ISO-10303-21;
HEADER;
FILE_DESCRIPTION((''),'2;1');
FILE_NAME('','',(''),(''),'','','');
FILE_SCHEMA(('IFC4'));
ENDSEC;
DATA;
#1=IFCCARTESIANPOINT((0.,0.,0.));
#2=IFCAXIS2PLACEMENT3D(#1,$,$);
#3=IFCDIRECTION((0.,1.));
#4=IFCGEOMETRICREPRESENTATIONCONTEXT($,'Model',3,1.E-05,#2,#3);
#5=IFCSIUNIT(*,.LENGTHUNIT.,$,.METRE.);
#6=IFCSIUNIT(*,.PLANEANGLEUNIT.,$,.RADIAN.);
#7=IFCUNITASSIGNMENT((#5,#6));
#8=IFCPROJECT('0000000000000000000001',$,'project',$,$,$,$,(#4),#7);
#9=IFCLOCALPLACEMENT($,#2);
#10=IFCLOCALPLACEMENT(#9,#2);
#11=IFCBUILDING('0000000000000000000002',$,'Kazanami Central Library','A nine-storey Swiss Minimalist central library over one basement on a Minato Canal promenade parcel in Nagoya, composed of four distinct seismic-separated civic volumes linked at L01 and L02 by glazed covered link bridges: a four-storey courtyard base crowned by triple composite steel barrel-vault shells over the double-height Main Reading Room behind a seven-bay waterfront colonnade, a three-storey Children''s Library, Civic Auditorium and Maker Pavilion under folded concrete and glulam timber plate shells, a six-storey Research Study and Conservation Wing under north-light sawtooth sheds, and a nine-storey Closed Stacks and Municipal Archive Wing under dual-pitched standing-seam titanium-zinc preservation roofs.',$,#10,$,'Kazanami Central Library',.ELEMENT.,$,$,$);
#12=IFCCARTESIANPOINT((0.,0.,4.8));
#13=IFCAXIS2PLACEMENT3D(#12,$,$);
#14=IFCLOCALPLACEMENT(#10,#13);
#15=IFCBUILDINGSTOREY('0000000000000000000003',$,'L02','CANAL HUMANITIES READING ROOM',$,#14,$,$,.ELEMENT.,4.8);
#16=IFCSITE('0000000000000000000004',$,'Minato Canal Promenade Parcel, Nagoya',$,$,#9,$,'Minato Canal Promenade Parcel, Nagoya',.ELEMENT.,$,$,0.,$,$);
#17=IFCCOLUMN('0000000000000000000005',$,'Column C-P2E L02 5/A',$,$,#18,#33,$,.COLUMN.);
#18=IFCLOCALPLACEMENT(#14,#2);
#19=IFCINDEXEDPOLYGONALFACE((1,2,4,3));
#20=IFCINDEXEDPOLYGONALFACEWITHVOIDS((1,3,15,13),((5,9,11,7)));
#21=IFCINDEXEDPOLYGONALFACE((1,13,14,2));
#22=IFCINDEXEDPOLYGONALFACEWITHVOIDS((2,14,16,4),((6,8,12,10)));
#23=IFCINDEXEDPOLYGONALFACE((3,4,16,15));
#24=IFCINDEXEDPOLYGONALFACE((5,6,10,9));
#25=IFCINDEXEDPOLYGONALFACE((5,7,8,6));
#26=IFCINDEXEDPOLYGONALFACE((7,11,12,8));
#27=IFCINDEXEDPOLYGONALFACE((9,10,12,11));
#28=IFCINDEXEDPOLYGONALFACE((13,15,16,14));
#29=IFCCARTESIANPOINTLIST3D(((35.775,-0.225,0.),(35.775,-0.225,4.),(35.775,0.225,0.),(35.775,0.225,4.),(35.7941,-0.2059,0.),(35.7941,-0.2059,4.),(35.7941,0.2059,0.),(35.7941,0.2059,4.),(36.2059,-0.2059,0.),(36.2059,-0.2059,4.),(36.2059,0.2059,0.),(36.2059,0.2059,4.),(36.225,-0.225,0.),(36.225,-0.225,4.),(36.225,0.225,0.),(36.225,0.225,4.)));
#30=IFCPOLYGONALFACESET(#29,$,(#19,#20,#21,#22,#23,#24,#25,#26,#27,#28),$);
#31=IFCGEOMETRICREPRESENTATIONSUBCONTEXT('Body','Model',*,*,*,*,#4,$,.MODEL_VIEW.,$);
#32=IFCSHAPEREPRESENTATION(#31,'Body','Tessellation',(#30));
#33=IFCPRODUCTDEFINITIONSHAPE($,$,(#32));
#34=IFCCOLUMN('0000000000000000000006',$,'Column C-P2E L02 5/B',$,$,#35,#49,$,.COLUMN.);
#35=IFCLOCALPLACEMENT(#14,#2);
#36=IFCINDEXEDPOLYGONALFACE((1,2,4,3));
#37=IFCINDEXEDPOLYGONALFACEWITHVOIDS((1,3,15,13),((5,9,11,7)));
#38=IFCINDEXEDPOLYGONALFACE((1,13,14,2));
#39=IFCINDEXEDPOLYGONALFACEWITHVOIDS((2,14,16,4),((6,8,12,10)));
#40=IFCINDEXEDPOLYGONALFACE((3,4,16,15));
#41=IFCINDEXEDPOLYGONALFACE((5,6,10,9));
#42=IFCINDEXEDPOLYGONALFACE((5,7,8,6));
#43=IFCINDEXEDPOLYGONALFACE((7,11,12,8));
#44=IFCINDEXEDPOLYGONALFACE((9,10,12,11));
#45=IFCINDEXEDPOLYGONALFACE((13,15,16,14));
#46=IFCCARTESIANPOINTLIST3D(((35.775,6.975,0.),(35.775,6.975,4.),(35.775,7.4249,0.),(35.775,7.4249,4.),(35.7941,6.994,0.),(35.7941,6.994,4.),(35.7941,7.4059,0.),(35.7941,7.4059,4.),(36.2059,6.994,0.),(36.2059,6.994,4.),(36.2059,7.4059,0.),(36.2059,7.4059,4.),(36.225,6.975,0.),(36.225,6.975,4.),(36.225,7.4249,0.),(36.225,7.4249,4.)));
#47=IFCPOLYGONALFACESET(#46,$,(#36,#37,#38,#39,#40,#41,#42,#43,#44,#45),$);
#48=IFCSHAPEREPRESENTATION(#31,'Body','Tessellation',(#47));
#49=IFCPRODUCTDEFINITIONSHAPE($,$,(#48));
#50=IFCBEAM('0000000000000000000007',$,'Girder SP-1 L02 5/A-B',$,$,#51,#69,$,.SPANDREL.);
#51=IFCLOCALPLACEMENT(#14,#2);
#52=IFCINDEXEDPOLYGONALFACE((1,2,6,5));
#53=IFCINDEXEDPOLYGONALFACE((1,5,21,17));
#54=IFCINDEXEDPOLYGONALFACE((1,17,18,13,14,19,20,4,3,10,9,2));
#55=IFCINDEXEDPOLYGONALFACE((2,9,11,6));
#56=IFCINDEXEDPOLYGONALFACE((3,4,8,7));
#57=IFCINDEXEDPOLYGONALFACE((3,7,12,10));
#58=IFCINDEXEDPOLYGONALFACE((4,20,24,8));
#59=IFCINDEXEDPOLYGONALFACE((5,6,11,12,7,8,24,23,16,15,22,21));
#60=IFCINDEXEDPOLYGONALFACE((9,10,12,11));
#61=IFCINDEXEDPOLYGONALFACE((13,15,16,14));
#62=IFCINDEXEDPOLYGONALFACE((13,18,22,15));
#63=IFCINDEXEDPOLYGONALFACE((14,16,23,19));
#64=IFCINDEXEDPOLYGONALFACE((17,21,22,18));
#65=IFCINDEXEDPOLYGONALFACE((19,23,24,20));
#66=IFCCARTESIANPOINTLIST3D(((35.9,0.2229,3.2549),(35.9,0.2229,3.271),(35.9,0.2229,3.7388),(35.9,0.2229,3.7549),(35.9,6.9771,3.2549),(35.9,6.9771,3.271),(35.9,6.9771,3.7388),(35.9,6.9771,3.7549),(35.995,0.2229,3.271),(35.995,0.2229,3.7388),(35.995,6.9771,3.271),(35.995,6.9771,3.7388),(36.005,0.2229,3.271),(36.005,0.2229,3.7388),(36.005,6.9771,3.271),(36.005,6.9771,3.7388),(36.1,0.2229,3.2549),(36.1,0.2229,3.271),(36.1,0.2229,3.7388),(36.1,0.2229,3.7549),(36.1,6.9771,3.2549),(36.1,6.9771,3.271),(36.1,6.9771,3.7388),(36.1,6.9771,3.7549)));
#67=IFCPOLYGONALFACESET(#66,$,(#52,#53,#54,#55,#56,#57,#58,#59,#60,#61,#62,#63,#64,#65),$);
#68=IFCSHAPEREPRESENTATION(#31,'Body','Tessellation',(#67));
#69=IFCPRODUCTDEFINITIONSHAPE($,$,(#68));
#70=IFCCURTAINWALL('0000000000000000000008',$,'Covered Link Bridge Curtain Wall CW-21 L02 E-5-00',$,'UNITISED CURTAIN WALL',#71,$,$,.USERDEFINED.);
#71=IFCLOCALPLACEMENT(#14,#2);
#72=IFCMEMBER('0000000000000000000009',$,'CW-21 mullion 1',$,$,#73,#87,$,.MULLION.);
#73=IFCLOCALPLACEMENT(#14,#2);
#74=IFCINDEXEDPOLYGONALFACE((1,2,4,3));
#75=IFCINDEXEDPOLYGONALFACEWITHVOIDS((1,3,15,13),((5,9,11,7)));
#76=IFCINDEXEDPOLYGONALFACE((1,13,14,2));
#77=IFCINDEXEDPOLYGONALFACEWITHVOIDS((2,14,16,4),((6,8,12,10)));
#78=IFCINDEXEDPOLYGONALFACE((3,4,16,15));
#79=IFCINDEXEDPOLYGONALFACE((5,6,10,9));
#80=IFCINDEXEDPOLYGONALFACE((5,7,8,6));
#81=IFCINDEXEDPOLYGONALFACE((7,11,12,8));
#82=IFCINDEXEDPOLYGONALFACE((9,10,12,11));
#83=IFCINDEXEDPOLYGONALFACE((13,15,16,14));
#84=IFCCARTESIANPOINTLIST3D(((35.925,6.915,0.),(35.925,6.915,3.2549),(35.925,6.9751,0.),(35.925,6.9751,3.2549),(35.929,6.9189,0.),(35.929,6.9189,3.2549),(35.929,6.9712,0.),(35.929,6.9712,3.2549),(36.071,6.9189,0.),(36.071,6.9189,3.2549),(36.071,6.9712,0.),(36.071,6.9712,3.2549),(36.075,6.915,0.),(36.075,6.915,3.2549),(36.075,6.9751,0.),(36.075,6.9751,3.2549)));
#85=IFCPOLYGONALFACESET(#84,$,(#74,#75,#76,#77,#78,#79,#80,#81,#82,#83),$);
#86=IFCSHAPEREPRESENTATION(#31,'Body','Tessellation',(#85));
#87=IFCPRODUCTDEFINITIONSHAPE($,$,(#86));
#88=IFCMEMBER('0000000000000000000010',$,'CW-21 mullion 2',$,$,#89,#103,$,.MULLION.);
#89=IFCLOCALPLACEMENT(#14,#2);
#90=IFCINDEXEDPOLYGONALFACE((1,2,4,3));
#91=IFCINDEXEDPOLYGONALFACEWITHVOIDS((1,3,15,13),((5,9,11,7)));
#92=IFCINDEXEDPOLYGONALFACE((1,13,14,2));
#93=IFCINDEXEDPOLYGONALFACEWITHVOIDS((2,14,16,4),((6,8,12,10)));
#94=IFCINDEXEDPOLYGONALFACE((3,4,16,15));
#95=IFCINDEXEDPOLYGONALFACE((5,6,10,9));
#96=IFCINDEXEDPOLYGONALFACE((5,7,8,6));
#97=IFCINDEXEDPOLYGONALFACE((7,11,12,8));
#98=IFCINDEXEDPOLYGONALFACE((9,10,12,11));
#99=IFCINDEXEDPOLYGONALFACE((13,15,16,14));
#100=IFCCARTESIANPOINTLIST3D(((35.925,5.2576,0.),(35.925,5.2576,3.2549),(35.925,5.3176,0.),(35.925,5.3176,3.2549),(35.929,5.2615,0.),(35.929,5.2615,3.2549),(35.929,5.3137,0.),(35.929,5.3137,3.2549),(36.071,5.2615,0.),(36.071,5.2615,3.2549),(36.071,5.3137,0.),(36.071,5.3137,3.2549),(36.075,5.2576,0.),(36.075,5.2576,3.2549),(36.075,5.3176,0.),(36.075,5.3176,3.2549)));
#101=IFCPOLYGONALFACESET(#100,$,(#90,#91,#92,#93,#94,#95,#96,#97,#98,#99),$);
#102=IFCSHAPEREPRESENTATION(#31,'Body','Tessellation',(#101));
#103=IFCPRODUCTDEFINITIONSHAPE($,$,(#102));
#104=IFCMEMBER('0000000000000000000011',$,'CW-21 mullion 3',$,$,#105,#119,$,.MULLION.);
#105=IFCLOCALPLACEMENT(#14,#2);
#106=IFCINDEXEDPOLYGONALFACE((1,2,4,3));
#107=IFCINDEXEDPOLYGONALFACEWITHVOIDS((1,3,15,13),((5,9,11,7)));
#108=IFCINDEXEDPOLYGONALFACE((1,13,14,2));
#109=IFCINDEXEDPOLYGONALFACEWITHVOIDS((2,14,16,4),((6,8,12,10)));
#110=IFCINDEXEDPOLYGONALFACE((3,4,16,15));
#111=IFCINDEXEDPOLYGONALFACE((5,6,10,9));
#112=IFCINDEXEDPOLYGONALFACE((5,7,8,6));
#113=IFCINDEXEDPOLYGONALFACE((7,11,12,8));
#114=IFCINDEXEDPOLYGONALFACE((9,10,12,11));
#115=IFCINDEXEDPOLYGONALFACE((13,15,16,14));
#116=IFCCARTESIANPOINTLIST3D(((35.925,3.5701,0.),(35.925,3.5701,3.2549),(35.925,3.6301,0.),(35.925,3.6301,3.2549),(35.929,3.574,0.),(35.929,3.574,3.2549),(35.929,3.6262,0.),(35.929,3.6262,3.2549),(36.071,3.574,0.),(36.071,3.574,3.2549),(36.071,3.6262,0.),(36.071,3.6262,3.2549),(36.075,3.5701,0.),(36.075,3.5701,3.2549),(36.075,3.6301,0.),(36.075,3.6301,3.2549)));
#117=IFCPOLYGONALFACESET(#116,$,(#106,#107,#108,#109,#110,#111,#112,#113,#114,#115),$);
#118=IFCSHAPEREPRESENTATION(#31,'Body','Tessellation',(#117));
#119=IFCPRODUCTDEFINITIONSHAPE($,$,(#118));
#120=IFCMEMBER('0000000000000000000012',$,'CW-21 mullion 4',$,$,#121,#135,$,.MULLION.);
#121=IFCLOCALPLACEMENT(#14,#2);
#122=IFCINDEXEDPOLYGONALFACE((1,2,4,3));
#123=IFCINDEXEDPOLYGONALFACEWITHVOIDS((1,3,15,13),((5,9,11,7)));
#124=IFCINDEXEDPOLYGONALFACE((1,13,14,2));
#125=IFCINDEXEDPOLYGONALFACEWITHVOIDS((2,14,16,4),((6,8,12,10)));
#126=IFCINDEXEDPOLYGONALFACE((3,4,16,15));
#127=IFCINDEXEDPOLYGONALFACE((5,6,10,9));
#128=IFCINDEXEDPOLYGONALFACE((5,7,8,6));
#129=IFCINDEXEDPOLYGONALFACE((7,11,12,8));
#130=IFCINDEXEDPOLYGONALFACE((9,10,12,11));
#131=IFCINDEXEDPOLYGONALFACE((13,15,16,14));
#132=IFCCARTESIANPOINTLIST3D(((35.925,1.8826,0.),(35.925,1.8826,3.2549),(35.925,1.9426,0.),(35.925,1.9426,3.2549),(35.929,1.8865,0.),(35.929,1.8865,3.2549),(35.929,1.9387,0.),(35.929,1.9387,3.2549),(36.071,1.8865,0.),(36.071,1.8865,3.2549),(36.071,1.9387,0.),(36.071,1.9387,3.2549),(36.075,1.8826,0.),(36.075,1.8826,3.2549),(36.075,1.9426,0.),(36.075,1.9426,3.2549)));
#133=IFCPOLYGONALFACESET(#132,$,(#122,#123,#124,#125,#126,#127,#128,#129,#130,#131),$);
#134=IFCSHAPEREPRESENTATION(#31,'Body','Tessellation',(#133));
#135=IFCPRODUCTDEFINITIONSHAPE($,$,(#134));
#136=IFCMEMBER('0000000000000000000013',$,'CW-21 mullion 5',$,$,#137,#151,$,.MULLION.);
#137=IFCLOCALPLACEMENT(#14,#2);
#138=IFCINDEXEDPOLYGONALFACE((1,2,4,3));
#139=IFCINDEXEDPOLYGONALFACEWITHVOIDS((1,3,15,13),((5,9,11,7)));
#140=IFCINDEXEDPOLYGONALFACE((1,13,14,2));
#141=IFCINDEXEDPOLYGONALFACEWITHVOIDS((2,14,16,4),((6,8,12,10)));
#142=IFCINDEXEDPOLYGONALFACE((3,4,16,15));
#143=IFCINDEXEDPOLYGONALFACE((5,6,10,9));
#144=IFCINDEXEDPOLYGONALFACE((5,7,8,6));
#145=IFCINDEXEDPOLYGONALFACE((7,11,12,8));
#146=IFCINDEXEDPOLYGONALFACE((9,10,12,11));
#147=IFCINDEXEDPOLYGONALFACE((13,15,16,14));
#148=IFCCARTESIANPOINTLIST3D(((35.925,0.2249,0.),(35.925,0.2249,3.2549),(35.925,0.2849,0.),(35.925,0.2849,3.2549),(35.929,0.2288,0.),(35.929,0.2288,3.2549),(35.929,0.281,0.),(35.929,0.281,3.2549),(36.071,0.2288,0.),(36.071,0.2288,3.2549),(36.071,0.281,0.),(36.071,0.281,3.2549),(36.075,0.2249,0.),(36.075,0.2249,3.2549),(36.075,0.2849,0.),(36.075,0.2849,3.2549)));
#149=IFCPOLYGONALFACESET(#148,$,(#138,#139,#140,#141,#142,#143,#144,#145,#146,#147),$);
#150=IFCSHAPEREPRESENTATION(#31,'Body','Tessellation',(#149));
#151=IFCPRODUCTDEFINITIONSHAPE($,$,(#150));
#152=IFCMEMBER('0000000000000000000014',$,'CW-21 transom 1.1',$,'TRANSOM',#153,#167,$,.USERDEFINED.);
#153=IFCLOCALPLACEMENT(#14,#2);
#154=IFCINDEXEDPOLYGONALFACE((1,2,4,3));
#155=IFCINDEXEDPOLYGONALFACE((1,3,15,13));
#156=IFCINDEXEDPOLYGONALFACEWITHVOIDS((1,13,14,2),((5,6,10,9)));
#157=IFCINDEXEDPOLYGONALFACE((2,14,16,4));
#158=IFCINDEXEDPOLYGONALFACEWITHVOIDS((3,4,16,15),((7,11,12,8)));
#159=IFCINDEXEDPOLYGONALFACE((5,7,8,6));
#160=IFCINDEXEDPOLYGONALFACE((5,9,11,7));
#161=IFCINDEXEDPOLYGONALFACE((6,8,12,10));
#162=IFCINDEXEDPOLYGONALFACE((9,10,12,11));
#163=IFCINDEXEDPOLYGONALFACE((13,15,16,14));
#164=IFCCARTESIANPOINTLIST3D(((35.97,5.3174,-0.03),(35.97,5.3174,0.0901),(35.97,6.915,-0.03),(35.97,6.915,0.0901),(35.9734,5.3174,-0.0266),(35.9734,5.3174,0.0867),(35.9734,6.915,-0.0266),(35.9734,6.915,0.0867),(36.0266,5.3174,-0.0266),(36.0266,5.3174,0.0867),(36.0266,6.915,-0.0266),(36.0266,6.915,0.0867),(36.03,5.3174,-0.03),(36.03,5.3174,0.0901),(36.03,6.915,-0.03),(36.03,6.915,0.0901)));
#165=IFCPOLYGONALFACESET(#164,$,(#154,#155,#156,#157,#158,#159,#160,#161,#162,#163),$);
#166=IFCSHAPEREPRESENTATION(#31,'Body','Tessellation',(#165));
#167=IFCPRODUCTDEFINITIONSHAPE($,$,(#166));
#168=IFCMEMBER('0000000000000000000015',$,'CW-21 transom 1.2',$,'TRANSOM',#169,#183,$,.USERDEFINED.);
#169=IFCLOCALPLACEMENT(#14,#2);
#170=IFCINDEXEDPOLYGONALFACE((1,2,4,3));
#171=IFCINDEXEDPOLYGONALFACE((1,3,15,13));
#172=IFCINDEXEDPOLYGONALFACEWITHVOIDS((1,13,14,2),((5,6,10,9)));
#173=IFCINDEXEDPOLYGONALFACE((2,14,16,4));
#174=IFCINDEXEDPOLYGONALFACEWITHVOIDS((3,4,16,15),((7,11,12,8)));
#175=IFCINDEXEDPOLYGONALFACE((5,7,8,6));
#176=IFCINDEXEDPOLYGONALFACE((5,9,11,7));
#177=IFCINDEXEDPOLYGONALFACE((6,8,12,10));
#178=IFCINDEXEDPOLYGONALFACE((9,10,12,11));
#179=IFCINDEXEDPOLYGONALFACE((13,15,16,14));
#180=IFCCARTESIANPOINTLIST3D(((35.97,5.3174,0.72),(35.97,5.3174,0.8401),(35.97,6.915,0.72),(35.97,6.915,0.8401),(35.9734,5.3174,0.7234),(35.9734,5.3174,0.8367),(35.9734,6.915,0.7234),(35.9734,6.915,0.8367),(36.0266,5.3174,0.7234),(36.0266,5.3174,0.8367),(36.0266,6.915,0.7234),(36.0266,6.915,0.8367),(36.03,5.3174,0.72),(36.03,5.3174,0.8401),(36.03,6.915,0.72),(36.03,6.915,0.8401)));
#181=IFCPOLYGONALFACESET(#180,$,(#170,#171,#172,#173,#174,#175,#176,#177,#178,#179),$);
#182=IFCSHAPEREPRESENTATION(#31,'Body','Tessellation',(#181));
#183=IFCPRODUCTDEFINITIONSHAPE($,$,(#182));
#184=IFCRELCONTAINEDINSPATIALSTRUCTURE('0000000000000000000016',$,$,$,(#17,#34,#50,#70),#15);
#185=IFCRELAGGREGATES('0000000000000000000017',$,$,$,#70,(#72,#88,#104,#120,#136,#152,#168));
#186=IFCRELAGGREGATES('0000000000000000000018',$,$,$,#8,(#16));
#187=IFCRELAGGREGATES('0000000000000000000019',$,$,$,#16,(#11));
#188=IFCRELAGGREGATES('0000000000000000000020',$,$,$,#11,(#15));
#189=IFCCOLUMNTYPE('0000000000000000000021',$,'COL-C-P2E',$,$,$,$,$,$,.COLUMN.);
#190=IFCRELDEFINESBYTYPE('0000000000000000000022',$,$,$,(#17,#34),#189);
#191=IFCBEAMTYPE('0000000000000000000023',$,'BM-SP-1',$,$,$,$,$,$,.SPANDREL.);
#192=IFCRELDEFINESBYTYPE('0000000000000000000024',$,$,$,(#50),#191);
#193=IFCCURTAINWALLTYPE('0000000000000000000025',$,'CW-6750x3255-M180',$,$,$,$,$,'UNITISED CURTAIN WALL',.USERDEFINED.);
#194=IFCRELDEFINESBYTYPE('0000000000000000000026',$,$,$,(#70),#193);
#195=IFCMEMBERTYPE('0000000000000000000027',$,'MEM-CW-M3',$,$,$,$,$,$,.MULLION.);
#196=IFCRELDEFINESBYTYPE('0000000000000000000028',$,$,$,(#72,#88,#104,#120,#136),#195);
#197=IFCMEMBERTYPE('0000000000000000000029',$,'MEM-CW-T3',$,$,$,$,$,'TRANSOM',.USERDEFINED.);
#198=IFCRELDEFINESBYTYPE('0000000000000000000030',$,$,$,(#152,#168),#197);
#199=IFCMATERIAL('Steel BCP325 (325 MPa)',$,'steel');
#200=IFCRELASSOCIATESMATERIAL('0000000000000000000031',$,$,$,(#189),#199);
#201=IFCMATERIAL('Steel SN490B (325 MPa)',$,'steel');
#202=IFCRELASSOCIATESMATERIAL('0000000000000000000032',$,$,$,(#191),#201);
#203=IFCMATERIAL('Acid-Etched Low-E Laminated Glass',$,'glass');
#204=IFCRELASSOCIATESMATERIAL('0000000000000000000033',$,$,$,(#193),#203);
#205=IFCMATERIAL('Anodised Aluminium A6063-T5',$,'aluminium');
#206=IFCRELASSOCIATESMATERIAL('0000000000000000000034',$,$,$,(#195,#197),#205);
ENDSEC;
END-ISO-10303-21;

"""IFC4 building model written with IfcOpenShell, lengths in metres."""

from ifc_helpers import new_model, si_unit, direction, frame, origin, origin_2d, place, context, subcontext, project, spatial, hollow_rectangle, i_section, extrude, material, material_profile, profile_set, type_object, element, aggregate, save


model = new_model("IFC4")

# Units and contexts
model_context = context("Model", 3, precision=1e-05, world=origin(), true_north=direction((0.0, 1.0)))
body_context = subcontext(model_context, "Body", "Model", "MODEL_VIEW")
ifc_project = project(units=[si_unit("LENGTHUNIT", "METRE"), si_unit("PLANEANGLEUNIT", "RADIAN")], contexts=[model_context])

# Site, building, storey
site_placement = place(None, origin())
site = spatial("IfcSite", under=ifc_project, at=site_placement, Name="Minato Canal Promenade Parcel, Nagoya", LongName="Minato Canal Promenade Parcel, Nagoya", CompositionType="ELEMENT", RefElevation=0.0)
building_placement = place(site_placement, origin())
building = spatial("IfcBuilding", under=site, at=building_placement, Name="Kazanami Central Library", Description="A nine-storey Swiss Minimalist central library over one basement on a Minato Canal promenade parcel in Nagoya, composed of four distinct seismic-separated civic volumes linked at L01 and L02 by glazed covered link bridges: a four-storey courtyard base crowned by triple composite steel barrel-vault shells over the double-height Main Reading Room behind a seven-bay waterfront colonnade, a three-storey Children's Library, Civic Auditorium and Maker Pavilion under folded concrete and glulam timber plate shells, a six-storey Research Study and Conservation Wing under north-light sawtooth sheds, and a nine-storey Closed Stacks and Municipal Archive Wing under dual-pitched standing-seam titanium-zinc preservation roofs.", LongName="Kazanami Central Library", CompositionType="ELEMENT")
storey_placement = place(building_placement, frame((0.0, 0.0, 4.8)))
storey = spatial("IfcBuildingStorey", under=building, at=storey_placement, Name="L02", Description="CANAL HUMANITIES READING ROOM", CompositionType="ELEMENT", Elevation=4.8)

# Columns
ifc_material_1 = material(Name="Steel BCP325 (325 MPa)", Category="steel")
ifc_material_profile_1 = material_profile(ifc_material_1, hollow_rectangle(XDim=0.45, YDim=0.45, WallThickness=0.019, at=origin_2d()), Name="BCP-450x450x19")
ifc_profile_set_1 = profile_set([ifc_material_profile_1], Name="Steel BCP325 (325 MPa)")
column_type = type_object("IfcColumnType", Name="COL-C-P2E", PredefinedType="COLUMN", material=ifc_profile_set_1)
for number, where, z_axis, x_axis, name in (
    (1, (36.0, 0.0, 0.0), (0.0, 0.0, 1.0), (1.0, 0.0, 0.0), "Column C-P2E L02 5/A"),
    (2, (36.0, 7.2, 0.0), (0.0, 0.0, 1.0), (1.0, 0.0, 0.0), "Column C-P2E L02 5/B"),
):
    element("IfcColumn", number, at=place(storey_placement, frame(where, z_axis=z_axis, x_axis=x_axis)), inside=storey, type_object=column_type, Name=name, PredefinedType="COLUMN", context=body_context, shape_type="SweptSolid", body=[
        extrude(hollow_rectangle(XDim=0.45, YDim=0.45, WallThickness=0.019, at=origin_2d()), origin(), (0.0, 0.0, 1.0), 4.0),
    ])

# Beam
ifc_material_2 = material(Name="Steel SN490B (325 MPa)", Category="steel")
ifc_material_profile_2 = material_profile(ifc_material_2, i_section(OverallWidth=0.2, OverallDepth=0.5, WebThickness=0.01, FlangeThickness=0.0161, at=origin_2d()), Name="H-500x200x10x16")
ifc_profile_set_2 = profile_set([ifc_material_profile_2], Name="Steel SN490B (325 MPa)")
beam_type = type_object("IfcBeamType", Name="BM-SP-1", PredefinedType="SPANDREL", material=ifc_profile_set_2)
beam_placement = place(storey_placement, frame((36.0, 0.2229, 3.5049), z_axis=(0.0, 1.0, 0.0), x_axis=(-1.0, 0.0, 0.0)))
element("IfcBeam", 3, at=beam_placement, inside=storey, type_object=beam_type, Name="Girder SP-1 L02 5/A-B", PredefinedType="SPANDREL", context=body_context, shape_type="SweptSolid", body=[
    extrude(i_section(OverallWidth=0.2, OverallDepth=0.5, WebThickness=0.01, FlangeThickness=0.0161, at=origin_2d()), origin(), (0.0, 0.0, 1.0), 6.7542),
])

# Curtain wall, members
ifc_material_3 = material(Name="Acid-Etched Low-E Laminated Glass", Category="glass")
curtain_wall_type = type_object("IfcCurtainWallType", Name="CW-6750x3255-M180", ElementType="UNITISED CURTAIN WALL", PredefinedType="USERDEFINED", material=ifc_material_3)
curtain_wall_placement = place(storey_placement, origin())
curtain_wall = element("IfcCurtainWall", 4, at=curtain_wall_placement, inside=storey, type_object=curtain_wall_type, Name="Covered Link Bridge Curtain Wall CW-21 L02 E-5-00", ObjectType="UNITISED CURTAIN WALL", PredefinedType="USERDEFINED")
ifc_material_4 = material(Name="Anodised Aluminium A6063-T5", Category="aluminium")
ifc_material_profile_3 = material_profile(ifc_material_4, hollow_rectangle(XDim=0.0601, YDim=0.1499, WallThickness=0.0039, at=origin_2d()), Name="ALU-MULL-60x150x4")
ifc_profile_set_3 = profile_set([ifc_material_profile_3], Name="Anodised Aluminium A6063-T5")
member_type_1 = type_object("IfcMemberType", Name="MEM-CW-M3", PredefinedType="MULLION", material=ifc_profile_set_3)
member_1_placement = place(storey_placement, frame((36.0, 6.9451, 0.0), z_axis=(0.0, 0.0, 1.0), x_axis=(0.0, -1.0, 0.0)))
member_1 = element("IfcMember", 5, at=member_1_placement, type_object=member_type_1, Name="CW-21 mullion 1", PredefinedType="MULLION", context=body_context, shape_type="SweptSolid", body=[
    extrude(hollow_rectangle(XDim=0.0601, YDim=0.1499, WallThickness=0.0039, at=origin_2d()), origin(), (0.0, 0.0, 1.0), 3.2549),
])
member_2_placement = place(storey_placement, frame((36.0, 5.2876, 0.0), z_axis=(0.0, 0.0, 1.0), x_axis=(0.0, -1.0, 0.0)))
member_2 = element("IfcMember", 6, at=member_2_placement, type_object=member_type_1, Name="CW-21 mullion 2", PredefinedType="MULLION", context=body_context, shape_type="SweptSolid", body=[
    extrude(hollow_rectangle(XDim=0.0601, YDim=0.1499, WallThickness=0.0039, at=origin_2d()), origin(), (0.0, 0.0, 1.0), 3.2549),
])
member_3_placement = place(storey_placement, frame((36.0, 3.6001, 0.0), z_axis=(0.0, 0.0, 1.0), x_axis=(0.0, -1.0, 0.0)))
member_3 = element("IfcMember", 7, at=member_3_placement, type_object=member_type_1, Name="CW-21 mullion 3", PredefinedType="MULLION", context=body_context, shape_type="SweptSolid", body=[
    extrude(hollow_rectangle(XDim=0.0601, YDim=0.1499, WallThickness=0.0039, at=origin_2d()), origin(), (0.0, 0.0, 1.0), 3.2549),
])
member_4_placement = place(storey_placement, frame((36.0, 1.9126, 0.0), z_axis=(0.0, 0.0, 1.0), x_axis=(0.0, -1.0, 0.0)))
member_4 = element("IfcMember", 8, at=member_4_placement, type_object=member_type_1, Name="CW-21 mullion 4", PredefinedType="MULLION", context=body_context, shape_type="SweptSolid", body=[
    extrude(hollow_rectangle(XDim=0.0601, YDim=0.1499, WallThickness=0.0039, at=origin_2d()), origin(), (0.0, 0.0, 1.0), 3.2549),
])
member_5_placement = place(storey_placement, frame((36.0, 0.2549, 0.0), z_axis=(0.0, 0.0, 1.0), x_axis=(0.0, -1.0, 0.0)))
member_5 = element("IfcMember", 9, at=member_5_placement, type_object=member_type_1, Name="CW-21 mullion 5", PredefinedType="MULLION", context=body_context, shape_type="SweptSolid", body=[
    extrude(hollow_rectangle(XDim=0.0601, YDim=0.1499, WallThickness=0.0039, at=origin_2d()), origin(), (0.0, 0.0, 1.0), 3.2549),
])
ifc_material_profile_4 = material_profile(ifc_material_4, hollow_rectangle(XDim=0.0601, YDim=0.1201, WallThickness=0.0034, at=origin_2d()), Name="ALU-TRAN-60x120x3.5")
ifc_profile_set_4 = profile_set([ifc_material_profile_4], Name="Anodised Aluminium A6063-T5")
member_type_2 = type_object("IfcMemberType", Name="MEM-CW-T3", ElementType="TRANSOM", PredefinedType="USERDEFINED", material=ifc_profile_set_4)
member_6_placement = place(storey_placement, frame((36.0, 6.915, 0.03), z_axis=(0.0, -1.0, 0.0), x_axis=(1.0, 0.0, 0.0)))
member_6 = element("IfcMember", 10, at=member_6_placement, type_object=member_type_2, Name="CW-21 transom 1.1", ObjectType="TRANSOM", PredefinedType="USERDEFINED", context=body_context, shape_type="SweptSolid", body=[
    extrude(hollow_rectangle(XDim=0.0601, YDim=0.1201, WallThickness=0.0034, at=origin_2d()), origin(), (0.0, 0.0, 1.0), 1.5977),
])
member_7_placement = place(storey_placement, frame((36.0, 6.915, 0.78), z_axis=(0.0, -1.0, 0.0), x_axis=(1.0, 0.0, 0.0)))
member_7 = element("IfcMember", 11, at=member_7_placement, type_object=member_type_2, Name="CW-21 transom 1.2", ObjectType="TRANSOM", PredefinedType="USERDEFINED", context=body_context, shape_type="SweptSolid", body=[
    extrude(hollow_rectangle(XDim=0.0601, YDim=0.1201, WallThickness=0.0034, at=origin_2d()), origin(), (0.0, 0.0, 1.0), 1.5977),
])
aggregate(curtain_wall, [member_1, member_2, member_3, member_4, member_5, member_6, member_7])

save(model, "model.ifc")
